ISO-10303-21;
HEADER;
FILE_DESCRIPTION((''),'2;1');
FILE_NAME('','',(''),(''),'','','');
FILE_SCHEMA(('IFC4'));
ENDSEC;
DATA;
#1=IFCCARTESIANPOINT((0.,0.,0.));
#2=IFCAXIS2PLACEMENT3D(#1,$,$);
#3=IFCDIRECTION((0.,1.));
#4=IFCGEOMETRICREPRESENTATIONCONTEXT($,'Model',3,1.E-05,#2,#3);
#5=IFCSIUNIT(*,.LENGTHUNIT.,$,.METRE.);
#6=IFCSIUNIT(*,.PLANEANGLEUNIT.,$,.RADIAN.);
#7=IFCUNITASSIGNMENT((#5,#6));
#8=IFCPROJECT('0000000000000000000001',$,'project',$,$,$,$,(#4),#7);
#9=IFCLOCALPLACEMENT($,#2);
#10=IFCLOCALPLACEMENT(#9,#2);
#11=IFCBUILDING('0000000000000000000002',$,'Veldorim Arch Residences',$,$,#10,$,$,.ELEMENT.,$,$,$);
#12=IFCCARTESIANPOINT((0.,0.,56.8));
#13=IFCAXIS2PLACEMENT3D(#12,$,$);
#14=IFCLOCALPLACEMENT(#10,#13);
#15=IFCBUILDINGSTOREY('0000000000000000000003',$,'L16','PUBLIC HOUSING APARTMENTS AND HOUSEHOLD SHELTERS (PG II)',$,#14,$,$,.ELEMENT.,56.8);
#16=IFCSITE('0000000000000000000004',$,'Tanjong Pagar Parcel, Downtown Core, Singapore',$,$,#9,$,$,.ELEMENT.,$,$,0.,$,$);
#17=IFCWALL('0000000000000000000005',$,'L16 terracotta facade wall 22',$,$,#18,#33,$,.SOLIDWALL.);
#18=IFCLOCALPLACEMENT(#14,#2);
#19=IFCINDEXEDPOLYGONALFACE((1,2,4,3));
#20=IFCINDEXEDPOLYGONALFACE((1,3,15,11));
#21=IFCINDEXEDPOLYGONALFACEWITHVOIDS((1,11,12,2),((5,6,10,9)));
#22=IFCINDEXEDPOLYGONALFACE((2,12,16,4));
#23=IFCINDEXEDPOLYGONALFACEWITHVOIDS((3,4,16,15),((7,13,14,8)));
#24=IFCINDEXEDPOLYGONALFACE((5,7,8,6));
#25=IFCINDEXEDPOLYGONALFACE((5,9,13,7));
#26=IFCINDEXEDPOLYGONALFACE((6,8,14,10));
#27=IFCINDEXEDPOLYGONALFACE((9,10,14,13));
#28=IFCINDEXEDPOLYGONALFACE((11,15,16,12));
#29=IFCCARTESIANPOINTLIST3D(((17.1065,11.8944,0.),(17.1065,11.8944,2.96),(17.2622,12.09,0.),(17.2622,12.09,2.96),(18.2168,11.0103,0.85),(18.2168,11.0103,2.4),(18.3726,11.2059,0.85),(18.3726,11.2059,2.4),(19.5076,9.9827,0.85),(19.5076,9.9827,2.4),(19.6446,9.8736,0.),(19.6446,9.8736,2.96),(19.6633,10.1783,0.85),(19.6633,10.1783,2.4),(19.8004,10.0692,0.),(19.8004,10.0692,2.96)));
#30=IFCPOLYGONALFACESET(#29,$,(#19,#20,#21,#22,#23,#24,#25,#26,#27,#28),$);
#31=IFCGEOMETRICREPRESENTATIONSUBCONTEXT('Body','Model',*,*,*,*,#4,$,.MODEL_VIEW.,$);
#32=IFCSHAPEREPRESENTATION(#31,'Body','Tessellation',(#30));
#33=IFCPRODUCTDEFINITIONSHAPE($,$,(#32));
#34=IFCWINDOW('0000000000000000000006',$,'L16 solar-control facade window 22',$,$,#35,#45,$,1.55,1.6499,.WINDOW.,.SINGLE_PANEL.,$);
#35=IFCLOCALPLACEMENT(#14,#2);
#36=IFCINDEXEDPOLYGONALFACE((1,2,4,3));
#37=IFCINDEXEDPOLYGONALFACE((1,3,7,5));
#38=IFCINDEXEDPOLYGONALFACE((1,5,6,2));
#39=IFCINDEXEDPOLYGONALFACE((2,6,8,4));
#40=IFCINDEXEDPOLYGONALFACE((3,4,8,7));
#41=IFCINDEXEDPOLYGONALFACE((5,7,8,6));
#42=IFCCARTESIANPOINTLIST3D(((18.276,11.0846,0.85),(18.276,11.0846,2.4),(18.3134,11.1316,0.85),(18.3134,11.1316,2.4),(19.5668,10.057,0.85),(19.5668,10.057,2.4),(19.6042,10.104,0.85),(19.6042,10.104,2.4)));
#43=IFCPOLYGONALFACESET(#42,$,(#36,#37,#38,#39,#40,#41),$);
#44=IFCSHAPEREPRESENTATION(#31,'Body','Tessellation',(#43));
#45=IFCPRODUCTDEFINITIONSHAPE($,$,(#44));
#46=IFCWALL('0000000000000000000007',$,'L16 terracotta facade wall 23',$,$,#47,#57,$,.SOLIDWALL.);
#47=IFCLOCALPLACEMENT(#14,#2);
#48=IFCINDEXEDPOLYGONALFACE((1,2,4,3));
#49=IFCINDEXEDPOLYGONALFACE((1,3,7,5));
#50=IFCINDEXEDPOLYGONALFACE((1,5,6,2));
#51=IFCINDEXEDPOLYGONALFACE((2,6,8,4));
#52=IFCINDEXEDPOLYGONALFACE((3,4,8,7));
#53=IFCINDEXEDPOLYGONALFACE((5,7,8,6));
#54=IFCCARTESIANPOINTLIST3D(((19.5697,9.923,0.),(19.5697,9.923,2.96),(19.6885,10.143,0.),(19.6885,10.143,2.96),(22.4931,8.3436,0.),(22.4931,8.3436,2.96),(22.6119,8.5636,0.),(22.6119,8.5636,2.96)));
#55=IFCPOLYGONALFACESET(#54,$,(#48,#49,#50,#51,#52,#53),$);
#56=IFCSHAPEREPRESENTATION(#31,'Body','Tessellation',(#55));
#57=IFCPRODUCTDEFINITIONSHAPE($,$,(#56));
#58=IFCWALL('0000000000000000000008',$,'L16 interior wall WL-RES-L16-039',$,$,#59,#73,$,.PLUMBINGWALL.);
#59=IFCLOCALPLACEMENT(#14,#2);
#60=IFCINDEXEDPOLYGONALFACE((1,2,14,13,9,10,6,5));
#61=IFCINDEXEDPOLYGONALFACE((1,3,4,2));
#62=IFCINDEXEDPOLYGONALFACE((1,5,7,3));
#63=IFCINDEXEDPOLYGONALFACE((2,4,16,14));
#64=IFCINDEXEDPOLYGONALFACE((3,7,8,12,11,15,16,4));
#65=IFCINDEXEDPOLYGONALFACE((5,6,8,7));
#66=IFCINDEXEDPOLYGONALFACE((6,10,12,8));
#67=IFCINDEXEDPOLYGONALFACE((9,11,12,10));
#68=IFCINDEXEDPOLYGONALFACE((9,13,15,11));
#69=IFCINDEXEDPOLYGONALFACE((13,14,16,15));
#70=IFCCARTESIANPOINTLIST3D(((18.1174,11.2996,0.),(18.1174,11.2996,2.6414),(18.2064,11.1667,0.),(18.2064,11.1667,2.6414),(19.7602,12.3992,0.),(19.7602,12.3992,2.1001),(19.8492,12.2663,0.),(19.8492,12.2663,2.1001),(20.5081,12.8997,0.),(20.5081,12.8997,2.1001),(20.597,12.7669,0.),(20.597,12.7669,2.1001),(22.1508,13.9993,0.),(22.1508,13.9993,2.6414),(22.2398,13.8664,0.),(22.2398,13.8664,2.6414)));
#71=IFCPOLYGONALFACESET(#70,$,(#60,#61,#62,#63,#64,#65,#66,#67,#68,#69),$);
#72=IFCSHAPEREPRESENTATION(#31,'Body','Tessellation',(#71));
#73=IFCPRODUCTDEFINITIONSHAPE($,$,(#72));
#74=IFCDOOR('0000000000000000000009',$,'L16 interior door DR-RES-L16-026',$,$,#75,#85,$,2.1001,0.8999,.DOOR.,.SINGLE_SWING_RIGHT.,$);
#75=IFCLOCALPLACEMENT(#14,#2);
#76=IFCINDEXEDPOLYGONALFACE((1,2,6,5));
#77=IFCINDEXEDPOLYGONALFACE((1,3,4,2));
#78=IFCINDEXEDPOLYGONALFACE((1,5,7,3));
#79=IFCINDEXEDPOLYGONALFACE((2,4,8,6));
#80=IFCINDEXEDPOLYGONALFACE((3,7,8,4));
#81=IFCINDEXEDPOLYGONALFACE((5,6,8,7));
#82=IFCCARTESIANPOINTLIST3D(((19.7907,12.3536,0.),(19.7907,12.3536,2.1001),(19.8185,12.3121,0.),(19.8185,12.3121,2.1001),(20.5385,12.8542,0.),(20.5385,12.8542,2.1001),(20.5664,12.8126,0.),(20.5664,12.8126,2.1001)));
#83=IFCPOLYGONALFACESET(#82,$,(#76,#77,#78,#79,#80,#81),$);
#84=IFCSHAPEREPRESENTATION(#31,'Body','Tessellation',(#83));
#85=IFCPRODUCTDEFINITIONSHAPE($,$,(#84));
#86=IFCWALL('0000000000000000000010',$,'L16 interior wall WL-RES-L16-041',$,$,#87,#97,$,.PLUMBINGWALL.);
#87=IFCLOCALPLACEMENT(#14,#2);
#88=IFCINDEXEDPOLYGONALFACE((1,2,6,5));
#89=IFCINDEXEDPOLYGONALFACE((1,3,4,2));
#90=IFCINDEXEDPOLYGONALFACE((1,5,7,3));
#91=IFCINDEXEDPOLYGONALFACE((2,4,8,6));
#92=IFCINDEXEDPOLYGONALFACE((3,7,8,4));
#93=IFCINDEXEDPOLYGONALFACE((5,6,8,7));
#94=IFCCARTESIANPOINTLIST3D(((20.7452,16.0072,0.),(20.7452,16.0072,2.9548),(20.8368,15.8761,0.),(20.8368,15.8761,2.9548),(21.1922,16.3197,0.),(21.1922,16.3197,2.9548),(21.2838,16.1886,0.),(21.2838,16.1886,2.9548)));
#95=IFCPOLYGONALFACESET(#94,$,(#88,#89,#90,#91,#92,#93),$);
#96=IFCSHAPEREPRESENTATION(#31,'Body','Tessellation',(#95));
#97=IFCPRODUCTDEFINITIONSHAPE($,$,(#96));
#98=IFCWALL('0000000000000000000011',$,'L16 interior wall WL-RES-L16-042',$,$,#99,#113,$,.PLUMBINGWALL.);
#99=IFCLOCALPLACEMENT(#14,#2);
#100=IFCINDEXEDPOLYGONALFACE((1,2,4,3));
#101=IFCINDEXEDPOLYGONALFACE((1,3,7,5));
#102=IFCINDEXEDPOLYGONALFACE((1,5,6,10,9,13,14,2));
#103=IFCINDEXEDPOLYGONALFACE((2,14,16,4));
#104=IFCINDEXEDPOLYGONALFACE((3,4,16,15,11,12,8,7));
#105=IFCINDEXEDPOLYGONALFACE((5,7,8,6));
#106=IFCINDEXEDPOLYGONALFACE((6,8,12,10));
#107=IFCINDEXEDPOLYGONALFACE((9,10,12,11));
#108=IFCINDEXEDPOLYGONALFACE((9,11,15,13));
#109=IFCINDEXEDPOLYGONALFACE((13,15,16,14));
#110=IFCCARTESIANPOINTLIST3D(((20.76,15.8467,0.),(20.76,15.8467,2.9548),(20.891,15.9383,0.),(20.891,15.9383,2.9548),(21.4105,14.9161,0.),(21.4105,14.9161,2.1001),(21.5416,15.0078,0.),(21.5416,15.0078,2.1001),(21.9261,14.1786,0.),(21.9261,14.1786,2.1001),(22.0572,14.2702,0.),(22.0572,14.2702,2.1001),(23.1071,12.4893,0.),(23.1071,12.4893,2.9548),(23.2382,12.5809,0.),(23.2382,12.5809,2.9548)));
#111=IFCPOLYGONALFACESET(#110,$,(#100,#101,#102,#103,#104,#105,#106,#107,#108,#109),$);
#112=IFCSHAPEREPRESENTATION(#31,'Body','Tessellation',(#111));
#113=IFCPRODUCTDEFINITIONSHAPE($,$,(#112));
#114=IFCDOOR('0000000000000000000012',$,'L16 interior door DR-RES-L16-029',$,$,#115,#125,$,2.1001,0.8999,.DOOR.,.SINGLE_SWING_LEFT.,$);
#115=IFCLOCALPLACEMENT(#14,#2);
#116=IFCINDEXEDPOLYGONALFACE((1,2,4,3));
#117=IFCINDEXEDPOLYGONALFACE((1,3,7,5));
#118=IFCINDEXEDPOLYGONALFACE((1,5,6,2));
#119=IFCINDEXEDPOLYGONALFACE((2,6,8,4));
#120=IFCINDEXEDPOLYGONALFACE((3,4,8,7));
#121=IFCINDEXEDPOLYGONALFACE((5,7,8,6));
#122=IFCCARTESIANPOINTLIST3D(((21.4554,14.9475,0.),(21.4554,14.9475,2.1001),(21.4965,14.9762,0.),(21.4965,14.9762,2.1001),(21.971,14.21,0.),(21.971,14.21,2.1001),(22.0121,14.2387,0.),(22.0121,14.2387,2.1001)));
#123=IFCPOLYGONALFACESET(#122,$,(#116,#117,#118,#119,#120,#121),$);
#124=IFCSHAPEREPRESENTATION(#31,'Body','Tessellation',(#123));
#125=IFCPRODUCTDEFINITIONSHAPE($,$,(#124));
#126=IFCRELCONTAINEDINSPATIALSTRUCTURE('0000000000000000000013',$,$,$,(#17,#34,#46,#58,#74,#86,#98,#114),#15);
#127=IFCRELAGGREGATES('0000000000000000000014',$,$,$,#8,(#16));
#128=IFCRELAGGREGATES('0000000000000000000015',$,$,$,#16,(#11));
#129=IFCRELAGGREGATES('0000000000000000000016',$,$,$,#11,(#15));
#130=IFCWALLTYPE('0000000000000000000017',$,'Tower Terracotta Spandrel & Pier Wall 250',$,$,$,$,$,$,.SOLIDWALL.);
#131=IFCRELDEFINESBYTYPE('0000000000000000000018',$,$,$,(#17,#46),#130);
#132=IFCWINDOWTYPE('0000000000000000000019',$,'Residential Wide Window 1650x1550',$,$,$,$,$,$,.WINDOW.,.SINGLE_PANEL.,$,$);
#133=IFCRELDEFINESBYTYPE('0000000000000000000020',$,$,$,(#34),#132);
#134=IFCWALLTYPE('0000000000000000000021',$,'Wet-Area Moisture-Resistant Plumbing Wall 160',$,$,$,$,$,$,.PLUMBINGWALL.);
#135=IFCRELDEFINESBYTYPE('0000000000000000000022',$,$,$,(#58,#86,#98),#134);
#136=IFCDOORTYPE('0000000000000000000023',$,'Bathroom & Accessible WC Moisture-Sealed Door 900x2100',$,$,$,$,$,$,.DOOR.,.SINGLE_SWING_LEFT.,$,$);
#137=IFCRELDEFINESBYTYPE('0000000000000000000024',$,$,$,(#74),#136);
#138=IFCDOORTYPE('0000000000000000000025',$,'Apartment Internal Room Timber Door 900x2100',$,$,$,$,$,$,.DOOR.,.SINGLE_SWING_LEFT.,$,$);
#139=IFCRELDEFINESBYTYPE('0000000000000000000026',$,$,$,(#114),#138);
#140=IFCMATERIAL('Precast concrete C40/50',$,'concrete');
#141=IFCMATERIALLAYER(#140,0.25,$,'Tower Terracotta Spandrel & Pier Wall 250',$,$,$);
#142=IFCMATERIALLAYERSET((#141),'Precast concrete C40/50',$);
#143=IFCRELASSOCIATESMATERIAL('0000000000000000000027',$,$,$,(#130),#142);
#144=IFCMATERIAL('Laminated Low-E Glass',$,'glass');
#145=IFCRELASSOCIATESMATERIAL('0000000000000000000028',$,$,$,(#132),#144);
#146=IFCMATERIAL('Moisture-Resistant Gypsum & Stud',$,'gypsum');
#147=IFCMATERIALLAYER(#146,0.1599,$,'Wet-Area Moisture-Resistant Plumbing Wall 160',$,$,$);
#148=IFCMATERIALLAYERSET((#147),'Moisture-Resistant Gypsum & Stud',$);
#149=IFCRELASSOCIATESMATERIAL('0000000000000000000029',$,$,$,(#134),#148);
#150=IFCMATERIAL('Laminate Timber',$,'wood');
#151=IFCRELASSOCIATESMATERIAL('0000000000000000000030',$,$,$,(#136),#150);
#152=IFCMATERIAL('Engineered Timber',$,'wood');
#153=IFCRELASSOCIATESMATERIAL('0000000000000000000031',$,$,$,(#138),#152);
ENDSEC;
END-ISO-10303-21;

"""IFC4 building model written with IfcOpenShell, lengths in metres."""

from ifc_helpers import new_model, si_unit, direction, frame, frame_2d, origin, place, context, subcontext, project, spatial, rectangle, extrude, material, layer, layer_set, type_object, element, fill, save


model = new_model("IFC4")

# Units and contexts
model_context = context("Model", 3, precision=1e-05, world=origin(), true_north=direction((0.0, 1.0)))
body_context = subcontext(model_context, "Body", "Model", "MODEL_VIEW")
ifc_project = project(units=[si_unit("LENGTHUNIT", "METRE"), si_unit("PLANEANGLEUNIT", "RADIAN")], contexts=[model_context])

# Site, building, storey
site_placement = place(None, origin())
site = spatial("IfcSite", under=ifc_project, at=site_placement, Name="Tanjong Pagar Parcel, Downtown Core, Singapore", CompositionType="ELEMENT", RefElevation=0.0)
building_placement = place(site_placement, origin())
building = spatial("IfcBuilding", under=site, at=building_placement, Name="Veldorim Arch Residences", CompositionType="ELEMENT")
storey_placement = place(building_placement, frame((0.0, 0.0, 56.8)))
storey = spatial("IfcBuildingStorey", under=building, at=storey_placement, Name="L16", Description="PUBLIC HOUSING APARTMENTS AND HOUSEHOLD SHELTERS (PG II)", CompositionType="ELEMENT", Elevation=56.8)

# Shared definitions
ifc_material_1 = material(Name="Precast concrete C40/50", Category="concrete")
ifc_layer_1 = layer(ifc_material_1, 0.25, Name="Tower Terracotta Spandrel & Pier Wall 250")
ifc_layer_set_1 = layer_set([ifc_layer_1], Name="Precast concrete C40/50")
wall_type_1 = type_object("IfcWallType", Name="Tower Terracotta Spandrel & Pier Wall 250", PredefinedType="SOLIDWALL", material=ifc_layer_set_1)
ifc_material_2 = material(Name="Laminated Low-E Glass", Category="glass")
window_type = type_object("IfcWindowType", Name="Residential Wide Window 1650x1550", PartitioningType="SINGLE_PANEL", PredefinedType="WINDOW", material=ifc_material_2)

# Wall, opening, window
wall_1_placement = place(storey_placement, frame((19.7224, 9.9714, 0.0), z_axis=(0.0, 0.0, 1.0), x_axis=(-0.782328, 0.622867, 0.0)))
wall_1 = element("IfcWall", 1, at=wall_1_placement, inside=storey, type_object=wall_type_1, Name="L16 terracotta facade wall 22", PredefinedType="SOLIDWALL", context=body_context, shape_type="SweptSolid", body=[
    extrude(rectangle(XDim=3.2444, YDim=0.25, at=frame_2d((1.6221, 0.0))), origin(), (0.0, 0.0, 1.0), 2.96),
])
opening_1_placement = place(wall_1_placement, frame((0.175, 0.0, 0.8501)))
opening_1 = element("IfcOpeningElement", 2, at=opening_1_placement, cuts=wall_1, PredefinedType="OPENING", context=body_context, shape_type="SweptSolid", body=[
    extrude(rectangle(XDim=1.6499, YDim=1.55, at=frame_2d((0.825, 0.7749))), frame((0.0, 0.135, 0.0), z_axis=(0.0, -1.0, 0.0), x_axis=(1.0, 0.0, 0.0)), (0.0, 0.0, 1.0), 0.27),
])
window_1_placement = place(opening_1_placement, origin())
window_1 = element("IfcWindow", 3, at=window_1_placement, inside=storey, type_object=window_type, Name="L16 solar-control facade window 22", OverallHeight=1.55, OverallWidth=1.6499, PartitioningType="SINGLE_PANEL", PredefinedType="WINDOW", context=body_context, shape_type="SweptSolid", body=[
    extrude(rectangle(XDim=1.6499, YDim=1.55, at=frame_2d((0.825, 0.7749))), frame((0.0, 0.03, 0.0), z_axis=(0.0, -1.0, 0.0), x_axis=(1.0, 0.0, 0.0)), (0.0, 0.0, 1.0), 0.0601),
])
fill(opening_1, window_1)

# Wall
wall_2_placement = place(storey_placement, frame((22.5525, 8.4536, 0.0), z_axis=(0.0, 0.0, 1.0), x_axis=(-0.879812, 0.475322, 0.0)))
element("IfcWall", 4, at=wall_2_placement, inside=storey, type_object=wall_type_1, Name="L16 terracotta facade wall 23", PredefinedType="SOLIDWALL", context=body_context, shape_type="SweptSolid", body=[
    extrude(rectangle(XDim=3.3228, YDim=0.25, at=frame_2d((1.6614, 0.0))), origin(), (0.0, 0.0, 1.0), 2.96),
])

# Wall, opening, door
ifc_material_3 = material(Name="Moisture-Resistant Gypsum & Stud", Category="gypsum")
ifc_layer_2 = layer(ifc_material_3, 0.1599, Name="Wet-Area Moisture-Resistant Plumbing Wall 160")
ifc_layer_set_2 = layer_set([ifc_layer_2], Name="Moisture-Resistant Gypsum & Stud")
wall_type_2 = type_object("IfcWallType", Name="Wet-Area Moisture-Resistant Plumbing Wall 160", PredefinedType="PLUMBINGWALL", material=ifc_layer_set_2)
wall_3_placement = place(storey_placement, frame((22.1953, 13.9329, 0.0), z_axis=(0.0, 0.0, 1.0), x_axis=(-0.831027, -0.556232, 0.0)))
wall_3 = element("IfcWall", 5, at=wall_3_placement, inside=storey, type_object=wall_type_2, Name="L16 interior wall WL-RES-L16-039", PredefinedType="PLUMBINGWALL", context=body_context, shape_type="SweptSolid", body=[
    extrude(rectangle(XDim=4.8535, YDim=0.1599, at=frame_2d((2.4268, 0.0))), origin(), (0.0, 0.0, 1.0), 2.6414),
])
opening_2_placement = place(wall_3_placement, frame((1.9768, 0.0, 0.0)))
opening_2 = element("IfcOpeningElement", 6, at=opening_2_placement, cuts=wall_3, PredefinedType="OPENING", context=body_context, shape_type="SweptSolid", body=[
    extrude(rectangle(XDim=0.8999, YDim=2.1001, at=frame_2d((0.45, 1.05))), frame((0.0, 0.0898, 0.0), z_axis=(0.0, -1.0, 0.0), x_axis=(1.0, 0.0, 0.0)), (0.0, 0.0, 1.0), 0.1799),
])
ifc_material_4 = material(Name="Laminate Timber", Category="wood")
door_type_1 = type_object("IfcDoorType", Name="Bathroom & Accessible WC Moisture-Sealed Door 900x2100", OperationType="SINGLE_SWING_LEFT", PredefinedType="DOOR", material=ifc_material_4)
door_1_placement = place(opening_2_placement, origin())
door_1 = element("IfcDoor", 7, at=door_1_placement, inside=storey, type_object=door_type_1, Name="L16 interior door DR-RES-L16-026", OperationType="SINGLE_SWING_RIGHT", OverallHeight=2.1001, OverallWidth=0.8999, PredefinedType="DOOR", context=body_context, shape_type="SweptSolid", body=[
    extrude(rectangle(XDim=0.8999, YDim=2.1001, at=frame_2d((0.45, 1.05))), frame((0.0, 0.0249, 0.0), z_axis=(0.0, -1.0, 0.0), x_axis=(1.0, 0.0, 0.0)), (0.0, 0.0, 1.0), 0.05),
])
fill(opening_2, door_1)

# Wall
wall_4_placement = place(storey_placement, frame((21.238, 16.2542, 0.0), z_axis=(0.0, 0.0, 1.0), x_axis=(-0.819589, -0.572952, 0.0)))
element("IfcWall", 8, at=wall_4_placement, inside=storey, type_object=wall_type_2, Name="L16 interior wall WL-RES-L16-041", PredefinedType="PLUMBINGWALL", context=body_context, shape_type="SweptSolid", body=[
    extrude(rectangle(XDim=0.5454, YDim=0.1599, at=frame_2d((0.2727, 0.0))), origin(), (0.0, 0.0, 1.0), 2.9548),
])

# Wall, opening, door
wall_5_placement = place(storey_placement, frame((20.8254, 15.8926, 0.0), z_axis=(0.0, 0.0, 1.0), x_axis=(0.572966, -0.819579, 0.0)))
wall_5 = element("IfcWall", 9, at=wall_5_placement, inside=storey, type_object=wall_type_2, Name="L16 interior wall WL-RES-L16-042", PredefinedType="PLUMBINGWALL", context=body_context, shape_type="SweptSolid", body=[
    extrude(rectangle(XDim=4.0964, YDim=0.1599, at=frame_2d((2.0483, 0.0))), origin(), (0.0, 0.0, 1.0), 2.9548),
])
opening_3_placement = place(wall_5_placement, frame((1.1355, 0.0, 0.0)))
opening_3 = element("IfcOpeningElement", 10, at=opening_3_placement, cuts=wall_5, PredefinedType="OPENING", context=body_context, shape_type="SweptSolid", body=[
    extrude(rectangle(XDim=0.8999, YDim=2.1001, at=frame_2d((0.45, 1.05))), frame((0.0, 0.0898, 0.0), z_axis=(0.0, -1.0, 0.0), x_axis=(1.0, 0.0, 0.0)), (0.0, 0.0, 1.0), 0.1799),
])
ifc_material_5 = material(Name="Engineered Timber", Category="wood")
door_type_2 = type_object("IfcDoorType", Name="Apartment Internal Room Timber Door 900x2100", OperationType="SINGLE_SWING_LEFT", PredefinedType="DOOR", material=ifc_material_5)
door_2_placement = place(opening_3_placement, origin())
door_2 = element("IfcDoor", 11, at=door_2_placement, inside=storey, type_object=door_type_2, Name="L16 interior door DR-RES-L16-029", OperationType="SINGLE_SWING_LEFT", OverallHeight=2.1001, OverallWidth=0.8999, PredefinedType="DOOR", context=body_context, shape_type="SweptSolid", body=[
    extrude(rectangle(XDim=0.8999, YDim=2.1001, at=frame_2d((0.45, 1.05))), frame((0.0, 0.0249, 0.0), z_axis=(0.0, -1.0, 0.0), x_axis=(1.0, 0.0, 0.0)), (0.0, 0.0, 1.0), 0.05),
])
fill(opening_3, door_2)

save(model, "model.ifc")
